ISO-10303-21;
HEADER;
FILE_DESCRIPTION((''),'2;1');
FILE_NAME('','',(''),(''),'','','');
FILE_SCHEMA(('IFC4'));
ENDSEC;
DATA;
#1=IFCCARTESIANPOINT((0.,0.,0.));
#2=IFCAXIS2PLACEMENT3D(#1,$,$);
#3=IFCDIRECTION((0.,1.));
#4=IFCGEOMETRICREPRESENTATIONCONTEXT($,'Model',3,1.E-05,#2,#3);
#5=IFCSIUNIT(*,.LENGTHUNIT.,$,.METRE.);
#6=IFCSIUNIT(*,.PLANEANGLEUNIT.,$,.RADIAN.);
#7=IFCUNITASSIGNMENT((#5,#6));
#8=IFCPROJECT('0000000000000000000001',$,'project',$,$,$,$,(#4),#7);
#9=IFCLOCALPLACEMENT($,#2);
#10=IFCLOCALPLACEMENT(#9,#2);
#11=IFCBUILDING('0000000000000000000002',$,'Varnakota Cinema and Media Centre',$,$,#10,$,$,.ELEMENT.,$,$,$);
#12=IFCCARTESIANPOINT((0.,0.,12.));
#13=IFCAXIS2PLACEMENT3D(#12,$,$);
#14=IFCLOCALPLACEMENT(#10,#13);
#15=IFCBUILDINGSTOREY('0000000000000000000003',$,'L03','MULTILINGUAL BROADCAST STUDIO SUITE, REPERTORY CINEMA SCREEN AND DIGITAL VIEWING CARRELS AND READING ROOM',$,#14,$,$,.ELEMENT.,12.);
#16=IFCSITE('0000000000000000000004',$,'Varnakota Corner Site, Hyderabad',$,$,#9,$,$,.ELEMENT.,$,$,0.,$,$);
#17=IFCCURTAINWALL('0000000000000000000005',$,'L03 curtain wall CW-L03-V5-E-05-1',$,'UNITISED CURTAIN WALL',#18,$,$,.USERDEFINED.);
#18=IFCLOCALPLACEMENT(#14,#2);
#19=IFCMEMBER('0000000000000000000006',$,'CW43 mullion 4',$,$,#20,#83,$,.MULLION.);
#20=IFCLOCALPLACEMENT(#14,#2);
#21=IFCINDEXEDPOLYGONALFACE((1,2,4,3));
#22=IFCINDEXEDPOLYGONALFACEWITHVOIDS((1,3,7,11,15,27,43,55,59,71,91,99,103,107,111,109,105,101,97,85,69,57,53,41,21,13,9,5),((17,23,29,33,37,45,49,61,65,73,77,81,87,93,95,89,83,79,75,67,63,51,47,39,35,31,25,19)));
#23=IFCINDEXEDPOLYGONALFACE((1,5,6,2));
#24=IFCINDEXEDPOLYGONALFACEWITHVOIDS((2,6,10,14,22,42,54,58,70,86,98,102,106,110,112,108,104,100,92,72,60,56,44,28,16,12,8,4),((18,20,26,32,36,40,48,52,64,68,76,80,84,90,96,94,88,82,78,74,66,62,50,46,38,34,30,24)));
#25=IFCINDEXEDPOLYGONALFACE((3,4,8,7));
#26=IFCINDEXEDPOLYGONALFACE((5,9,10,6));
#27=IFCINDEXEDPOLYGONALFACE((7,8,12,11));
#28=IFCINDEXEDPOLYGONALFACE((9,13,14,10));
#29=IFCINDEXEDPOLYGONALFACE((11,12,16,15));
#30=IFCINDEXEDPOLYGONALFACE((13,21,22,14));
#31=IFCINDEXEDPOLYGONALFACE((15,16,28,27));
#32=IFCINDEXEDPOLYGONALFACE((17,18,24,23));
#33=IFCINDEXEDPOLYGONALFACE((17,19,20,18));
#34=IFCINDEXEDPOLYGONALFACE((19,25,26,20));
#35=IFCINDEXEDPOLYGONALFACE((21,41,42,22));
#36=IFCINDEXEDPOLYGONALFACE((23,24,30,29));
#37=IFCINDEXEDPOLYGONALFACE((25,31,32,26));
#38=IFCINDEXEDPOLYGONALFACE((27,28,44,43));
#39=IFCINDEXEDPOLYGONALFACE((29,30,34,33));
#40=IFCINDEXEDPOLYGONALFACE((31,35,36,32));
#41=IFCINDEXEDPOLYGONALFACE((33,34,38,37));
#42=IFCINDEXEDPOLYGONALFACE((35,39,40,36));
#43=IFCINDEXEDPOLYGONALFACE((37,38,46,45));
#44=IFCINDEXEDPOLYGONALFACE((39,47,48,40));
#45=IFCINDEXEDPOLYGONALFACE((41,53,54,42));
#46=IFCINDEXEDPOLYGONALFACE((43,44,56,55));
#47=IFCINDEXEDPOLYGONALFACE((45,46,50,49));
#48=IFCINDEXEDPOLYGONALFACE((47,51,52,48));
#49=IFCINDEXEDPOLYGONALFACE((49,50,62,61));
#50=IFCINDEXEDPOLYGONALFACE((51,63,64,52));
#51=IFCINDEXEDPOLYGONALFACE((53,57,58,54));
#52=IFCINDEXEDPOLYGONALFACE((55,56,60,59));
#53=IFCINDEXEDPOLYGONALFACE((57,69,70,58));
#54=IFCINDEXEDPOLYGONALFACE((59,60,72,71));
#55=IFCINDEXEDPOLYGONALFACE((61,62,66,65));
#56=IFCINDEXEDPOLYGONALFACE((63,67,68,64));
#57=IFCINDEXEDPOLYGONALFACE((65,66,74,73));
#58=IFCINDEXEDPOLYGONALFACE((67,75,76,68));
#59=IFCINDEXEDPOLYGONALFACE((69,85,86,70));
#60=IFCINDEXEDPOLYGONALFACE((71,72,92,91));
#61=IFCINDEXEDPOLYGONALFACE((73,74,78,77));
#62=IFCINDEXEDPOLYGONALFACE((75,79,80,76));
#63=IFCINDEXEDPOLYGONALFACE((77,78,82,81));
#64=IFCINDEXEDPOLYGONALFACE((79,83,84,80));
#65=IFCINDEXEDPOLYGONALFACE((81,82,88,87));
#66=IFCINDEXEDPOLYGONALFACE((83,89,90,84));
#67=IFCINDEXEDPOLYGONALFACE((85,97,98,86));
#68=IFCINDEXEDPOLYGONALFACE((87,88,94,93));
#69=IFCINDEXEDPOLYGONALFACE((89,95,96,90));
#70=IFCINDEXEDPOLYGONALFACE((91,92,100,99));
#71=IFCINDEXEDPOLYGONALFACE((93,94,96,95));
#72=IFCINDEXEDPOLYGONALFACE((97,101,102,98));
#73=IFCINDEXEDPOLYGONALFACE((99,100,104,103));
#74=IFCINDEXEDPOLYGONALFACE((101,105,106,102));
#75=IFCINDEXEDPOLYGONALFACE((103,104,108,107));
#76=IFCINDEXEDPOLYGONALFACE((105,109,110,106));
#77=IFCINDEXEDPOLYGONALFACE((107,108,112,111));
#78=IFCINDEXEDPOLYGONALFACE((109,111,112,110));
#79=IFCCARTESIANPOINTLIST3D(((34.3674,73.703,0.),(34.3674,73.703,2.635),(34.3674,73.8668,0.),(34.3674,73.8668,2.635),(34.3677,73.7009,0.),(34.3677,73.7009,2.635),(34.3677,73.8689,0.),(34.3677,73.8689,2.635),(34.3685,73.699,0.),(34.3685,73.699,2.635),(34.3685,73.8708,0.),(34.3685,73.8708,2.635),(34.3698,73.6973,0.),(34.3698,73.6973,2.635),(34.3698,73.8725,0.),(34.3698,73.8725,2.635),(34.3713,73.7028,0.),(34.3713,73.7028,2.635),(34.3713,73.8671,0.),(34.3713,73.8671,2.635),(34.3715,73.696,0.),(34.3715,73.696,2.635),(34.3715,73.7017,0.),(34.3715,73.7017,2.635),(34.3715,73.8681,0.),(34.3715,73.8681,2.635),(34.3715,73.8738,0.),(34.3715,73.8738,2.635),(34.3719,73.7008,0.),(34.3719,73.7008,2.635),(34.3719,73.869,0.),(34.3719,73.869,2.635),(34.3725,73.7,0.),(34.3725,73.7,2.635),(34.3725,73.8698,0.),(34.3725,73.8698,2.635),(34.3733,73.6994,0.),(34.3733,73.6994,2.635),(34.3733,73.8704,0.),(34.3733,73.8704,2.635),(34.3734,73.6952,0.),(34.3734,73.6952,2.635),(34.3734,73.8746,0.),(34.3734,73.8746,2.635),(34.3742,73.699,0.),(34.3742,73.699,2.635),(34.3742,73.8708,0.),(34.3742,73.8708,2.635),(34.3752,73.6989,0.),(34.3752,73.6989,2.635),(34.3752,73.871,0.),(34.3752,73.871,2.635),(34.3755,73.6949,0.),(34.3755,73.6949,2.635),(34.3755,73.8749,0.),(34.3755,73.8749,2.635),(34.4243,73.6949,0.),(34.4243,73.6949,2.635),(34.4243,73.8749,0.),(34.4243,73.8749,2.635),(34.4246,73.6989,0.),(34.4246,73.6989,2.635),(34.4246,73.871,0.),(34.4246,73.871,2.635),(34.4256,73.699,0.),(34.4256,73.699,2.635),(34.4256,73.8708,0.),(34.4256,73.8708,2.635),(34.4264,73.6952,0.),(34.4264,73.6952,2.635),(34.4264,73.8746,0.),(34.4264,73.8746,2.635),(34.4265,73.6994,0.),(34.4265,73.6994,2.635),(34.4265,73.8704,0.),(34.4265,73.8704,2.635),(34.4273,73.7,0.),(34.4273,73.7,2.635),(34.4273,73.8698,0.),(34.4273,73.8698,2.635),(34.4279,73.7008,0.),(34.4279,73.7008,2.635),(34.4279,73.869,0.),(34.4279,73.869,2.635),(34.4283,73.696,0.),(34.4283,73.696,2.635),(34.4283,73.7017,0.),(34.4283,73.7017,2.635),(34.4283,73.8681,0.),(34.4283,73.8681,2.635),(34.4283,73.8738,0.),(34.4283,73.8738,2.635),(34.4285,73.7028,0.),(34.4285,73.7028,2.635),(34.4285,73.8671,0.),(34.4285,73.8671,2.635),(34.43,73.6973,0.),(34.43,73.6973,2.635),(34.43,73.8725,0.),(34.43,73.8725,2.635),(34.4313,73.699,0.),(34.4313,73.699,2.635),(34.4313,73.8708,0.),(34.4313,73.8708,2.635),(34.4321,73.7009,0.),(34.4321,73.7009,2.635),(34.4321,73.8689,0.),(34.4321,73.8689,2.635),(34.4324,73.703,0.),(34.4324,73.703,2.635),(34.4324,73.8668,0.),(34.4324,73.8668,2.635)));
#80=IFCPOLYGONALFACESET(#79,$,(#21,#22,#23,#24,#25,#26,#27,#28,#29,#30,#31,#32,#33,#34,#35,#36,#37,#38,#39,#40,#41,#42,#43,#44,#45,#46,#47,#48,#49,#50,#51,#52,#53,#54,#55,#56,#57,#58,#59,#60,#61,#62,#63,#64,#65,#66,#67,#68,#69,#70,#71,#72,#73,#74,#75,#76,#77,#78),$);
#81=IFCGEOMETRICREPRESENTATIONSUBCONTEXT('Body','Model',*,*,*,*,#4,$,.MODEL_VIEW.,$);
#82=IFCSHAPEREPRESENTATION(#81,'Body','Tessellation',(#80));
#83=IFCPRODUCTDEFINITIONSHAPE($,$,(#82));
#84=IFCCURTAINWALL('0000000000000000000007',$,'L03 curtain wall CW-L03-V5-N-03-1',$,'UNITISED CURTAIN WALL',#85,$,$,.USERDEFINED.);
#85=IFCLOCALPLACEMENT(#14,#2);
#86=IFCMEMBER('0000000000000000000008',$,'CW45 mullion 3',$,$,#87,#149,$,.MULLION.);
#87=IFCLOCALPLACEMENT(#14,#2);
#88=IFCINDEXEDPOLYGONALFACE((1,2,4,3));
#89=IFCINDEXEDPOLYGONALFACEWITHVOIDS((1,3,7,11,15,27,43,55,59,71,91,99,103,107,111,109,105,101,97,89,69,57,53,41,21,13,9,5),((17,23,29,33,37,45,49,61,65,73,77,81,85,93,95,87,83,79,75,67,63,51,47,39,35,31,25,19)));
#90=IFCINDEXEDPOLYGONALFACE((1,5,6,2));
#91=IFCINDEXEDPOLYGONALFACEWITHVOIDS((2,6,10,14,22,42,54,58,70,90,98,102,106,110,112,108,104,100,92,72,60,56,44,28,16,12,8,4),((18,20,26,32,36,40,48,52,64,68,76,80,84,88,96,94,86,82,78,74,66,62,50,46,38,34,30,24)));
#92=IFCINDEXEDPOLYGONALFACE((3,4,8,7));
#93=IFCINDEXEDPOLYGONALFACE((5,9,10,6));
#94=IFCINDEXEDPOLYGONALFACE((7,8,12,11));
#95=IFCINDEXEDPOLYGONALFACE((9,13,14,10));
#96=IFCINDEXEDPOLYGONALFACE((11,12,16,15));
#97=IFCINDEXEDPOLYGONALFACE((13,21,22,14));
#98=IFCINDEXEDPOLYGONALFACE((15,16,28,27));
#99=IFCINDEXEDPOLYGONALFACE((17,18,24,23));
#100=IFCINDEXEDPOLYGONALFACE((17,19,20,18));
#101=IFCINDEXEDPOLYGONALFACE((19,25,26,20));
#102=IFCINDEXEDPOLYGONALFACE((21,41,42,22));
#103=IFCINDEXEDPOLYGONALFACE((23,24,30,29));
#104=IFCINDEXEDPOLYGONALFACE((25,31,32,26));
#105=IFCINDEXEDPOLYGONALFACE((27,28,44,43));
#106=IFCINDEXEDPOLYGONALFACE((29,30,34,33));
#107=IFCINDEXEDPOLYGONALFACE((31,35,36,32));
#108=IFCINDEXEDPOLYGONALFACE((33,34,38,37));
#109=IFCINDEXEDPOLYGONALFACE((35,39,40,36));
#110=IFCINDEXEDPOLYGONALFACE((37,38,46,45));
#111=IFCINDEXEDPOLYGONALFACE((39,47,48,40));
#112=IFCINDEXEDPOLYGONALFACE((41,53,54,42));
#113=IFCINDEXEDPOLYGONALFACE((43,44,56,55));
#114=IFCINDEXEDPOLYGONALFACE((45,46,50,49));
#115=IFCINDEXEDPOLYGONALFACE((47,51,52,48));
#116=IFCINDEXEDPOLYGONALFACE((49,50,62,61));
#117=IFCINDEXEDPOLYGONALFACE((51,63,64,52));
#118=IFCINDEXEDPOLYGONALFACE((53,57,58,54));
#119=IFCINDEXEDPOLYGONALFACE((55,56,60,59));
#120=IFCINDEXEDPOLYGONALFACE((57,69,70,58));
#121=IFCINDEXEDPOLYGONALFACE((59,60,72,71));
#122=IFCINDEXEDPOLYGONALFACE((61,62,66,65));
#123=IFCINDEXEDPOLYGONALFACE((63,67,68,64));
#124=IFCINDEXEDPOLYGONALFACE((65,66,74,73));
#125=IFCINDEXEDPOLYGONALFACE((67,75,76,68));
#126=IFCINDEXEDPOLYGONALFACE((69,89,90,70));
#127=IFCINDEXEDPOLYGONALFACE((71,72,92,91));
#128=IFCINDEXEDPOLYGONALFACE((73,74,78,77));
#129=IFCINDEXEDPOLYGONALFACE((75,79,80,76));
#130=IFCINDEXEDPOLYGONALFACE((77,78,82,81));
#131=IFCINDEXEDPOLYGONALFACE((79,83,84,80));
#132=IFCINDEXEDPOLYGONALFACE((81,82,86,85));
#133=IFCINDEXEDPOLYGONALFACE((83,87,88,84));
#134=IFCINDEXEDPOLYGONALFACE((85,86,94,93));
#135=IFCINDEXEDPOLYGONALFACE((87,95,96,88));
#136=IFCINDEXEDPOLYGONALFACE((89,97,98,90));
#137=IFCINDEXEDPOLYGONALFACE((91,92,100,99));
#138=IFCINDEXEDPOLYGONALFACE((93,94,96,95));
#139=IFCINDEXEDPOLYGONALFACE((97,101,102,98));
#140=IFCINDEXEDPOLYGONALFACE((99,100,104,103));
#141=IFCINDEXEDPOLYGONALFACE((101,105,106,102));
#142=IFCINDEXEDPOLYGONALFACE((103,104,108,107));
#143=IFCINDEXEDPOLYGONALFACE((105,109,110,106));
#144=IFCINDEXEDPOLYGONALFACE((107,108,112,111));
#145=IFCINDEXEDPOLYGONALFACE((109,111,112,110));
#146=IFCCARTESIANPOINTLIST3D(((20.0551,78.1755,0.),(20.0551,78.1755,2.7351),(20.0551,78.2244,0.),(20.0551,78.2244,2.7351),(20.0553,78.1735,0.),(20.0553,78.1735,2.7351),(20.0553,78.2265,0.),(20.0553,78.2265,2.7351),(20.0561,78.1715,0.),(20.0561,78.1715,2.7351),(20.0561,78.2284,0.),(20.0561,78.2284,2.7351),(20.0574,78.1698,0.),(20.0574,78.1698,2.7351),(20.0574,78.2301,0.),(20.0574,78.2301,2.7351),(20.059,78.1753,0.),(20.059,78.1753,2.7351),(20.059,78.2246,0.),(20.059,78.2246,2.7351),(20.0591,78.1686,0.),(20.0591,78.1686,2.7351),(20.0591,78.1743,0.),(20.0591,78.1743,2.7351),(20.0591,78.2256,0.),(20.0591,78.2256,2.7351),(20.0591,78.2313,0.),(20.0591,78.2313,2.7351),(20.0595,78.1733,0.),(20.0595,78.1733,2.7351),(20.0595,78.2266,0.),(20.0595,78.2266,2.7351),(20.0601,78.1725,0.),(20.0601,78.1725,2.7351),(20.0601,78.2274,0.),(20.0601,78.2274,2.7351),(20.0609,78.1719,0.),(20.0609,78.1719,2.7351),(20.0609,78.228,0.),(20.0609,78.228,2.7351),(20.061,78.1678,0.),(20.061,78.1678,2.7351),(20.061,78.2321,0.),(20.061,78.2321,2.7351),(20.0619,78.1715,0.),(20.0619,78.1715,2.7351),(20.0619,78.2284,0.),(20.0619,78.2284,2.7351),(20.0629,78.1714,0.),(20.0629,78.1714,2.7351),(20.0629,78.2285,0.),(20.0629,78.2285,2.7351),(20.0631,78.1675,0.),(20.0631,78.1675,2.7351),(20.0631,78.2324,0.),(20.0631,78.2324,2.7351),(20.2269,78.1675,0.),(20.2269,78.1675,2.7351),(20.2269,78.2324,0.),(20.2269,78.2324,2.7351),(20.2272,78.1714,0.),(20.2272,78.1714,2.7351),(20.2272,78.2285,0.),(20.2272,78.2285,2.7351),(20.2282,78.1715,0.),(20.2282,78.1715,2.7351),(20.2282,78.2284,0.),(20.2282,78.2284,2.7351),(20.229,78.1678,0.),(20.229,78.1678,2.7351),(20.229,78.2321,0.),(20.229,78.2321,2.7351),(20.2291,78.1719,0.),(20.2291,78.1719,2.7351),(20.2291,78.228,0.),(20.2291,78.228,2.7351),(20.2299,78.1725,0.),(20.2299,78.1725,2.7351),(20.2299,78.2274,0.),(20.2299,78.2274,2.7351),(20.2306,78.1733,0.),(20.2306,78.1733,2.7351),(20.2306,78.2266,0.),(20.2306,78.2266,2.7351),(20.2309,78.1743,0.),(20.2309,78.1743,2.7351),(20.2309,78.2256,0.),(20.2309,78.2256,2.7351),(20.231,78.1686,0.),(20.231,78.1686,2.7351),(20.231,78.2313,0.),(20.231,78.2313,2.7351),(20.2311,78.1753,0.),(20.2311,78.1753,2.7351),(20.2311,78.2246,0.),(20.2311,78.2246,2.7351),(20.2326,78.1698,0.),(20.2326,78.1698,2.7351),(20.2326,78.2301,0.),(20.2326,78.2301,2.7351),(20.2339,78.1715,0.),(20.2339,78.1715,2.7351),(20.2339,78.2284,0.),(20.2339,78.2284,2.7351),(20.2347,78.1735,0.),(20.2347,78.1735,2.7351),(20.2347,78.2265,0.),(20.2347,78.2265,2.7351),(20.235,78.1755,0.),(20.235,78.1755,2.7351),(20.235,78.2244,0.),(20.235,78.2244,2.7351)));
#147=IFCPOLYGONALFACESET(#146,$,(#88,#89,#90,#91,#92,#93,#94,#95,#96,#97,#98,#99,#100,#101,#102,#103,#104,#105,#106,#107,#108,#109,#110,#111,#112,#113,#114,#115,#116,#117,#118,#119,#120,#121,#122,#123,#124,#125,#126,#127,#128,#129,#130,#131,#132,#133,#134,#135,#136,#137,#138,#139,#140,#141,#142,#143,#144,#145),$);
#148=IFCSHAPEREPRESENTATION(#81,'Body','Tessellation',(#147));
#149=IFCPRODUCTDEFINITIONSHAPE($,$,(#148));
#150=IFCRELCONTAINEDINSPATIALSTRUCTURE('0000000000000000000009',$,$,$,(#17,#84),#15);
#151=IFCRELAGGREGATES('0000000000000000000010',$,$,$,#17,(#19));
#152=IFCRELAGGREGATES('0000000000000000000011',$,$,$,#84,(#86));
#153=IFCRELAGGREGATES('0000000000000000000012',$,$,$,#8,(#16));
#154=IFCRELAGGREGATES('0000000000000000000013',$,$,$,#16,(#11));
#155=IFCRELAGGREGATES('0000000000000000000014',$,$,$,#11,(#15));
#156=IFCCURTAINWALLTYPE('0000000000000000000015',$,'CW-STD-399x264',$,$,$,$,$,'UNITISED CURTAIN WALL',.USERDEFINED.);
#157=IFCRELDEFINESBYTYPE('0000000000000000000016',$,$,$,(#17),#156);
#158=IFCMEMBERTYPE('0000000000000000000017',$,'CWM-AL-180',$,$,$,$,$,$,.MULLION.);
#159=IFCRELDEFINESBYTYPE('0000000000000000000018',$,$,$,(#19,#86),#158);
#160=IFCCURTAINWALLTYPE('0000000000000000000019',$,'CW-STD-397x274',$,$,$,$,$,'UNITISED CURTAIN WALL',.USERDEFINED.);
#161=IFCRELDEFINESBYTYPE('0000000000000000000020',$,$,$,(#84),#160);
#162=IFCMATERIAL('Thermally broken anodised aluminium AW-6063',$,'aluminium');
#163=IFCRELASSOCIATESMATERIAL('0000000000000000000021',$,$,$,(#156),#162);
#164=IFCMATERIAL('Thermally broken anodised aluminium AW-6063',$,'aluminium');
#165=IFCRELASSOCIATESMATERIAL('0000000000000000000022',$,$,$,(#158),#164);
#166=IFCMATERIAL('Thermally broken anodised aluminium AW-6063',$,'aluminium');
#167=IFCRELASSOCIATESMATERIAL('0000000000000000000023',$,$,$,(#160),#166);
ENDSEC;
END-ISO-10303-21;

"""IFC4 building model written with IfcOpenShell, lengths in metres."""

from ifc_helpers import new_model, si_unit, direction, frame, origin, origin_2d, place, context, subcontext, project, spatial, hollow_rectangle, extrude, material, material_profile, profile_set, type_object, element, aggregate, save


model = new_model("IFC4")

# Units and contexts
model_context = context("Model", 3, precision=1e-05, world=origin(), true_north=direction((0.0, 1.0)))
body_context = subcontext(model_context, "Body", "Model", "MODEL_VIEW")
ifc_project = project(units=[si_unit("LENGTHUNIT", "METRE"), si_unit("PLANEANGLEUNIT", "RADIAN")], contexts=[model_context])

# Site, building, storey
site_placement = place(None, origin())
site = spatial("IfcSite", under=ifc_project, at=site_placement, Name="Varnakota Corner Site, Hyderabad", CompositionType="ELEMENT", RefElevation=0.0)
building_placement = place(site_placement, origin())
building = spatial("IfcBuilding", under=site, at=building_placement, Name="Varnakota Cinema and Media Centre", CompositionType="ELEMENT")
storey_placement = place(building_placement, frame((0.0, 0.0, 12.0)))
storey = spatial("IfcBuildingStorey", under=building, at=storey_placement, Name="L03", Description="MULTILINGUAL BROADCAST STUDIO SUITE, REPERTORY CINEMA SCREEN AND DIGITAL VIEWING CARRELS AND READING ROOM", CompositionType="ELEMENT", Elevation=12.0)

# Curtain walls, members
ifc_material_1 = material(Name="Thermally broken anodised aluminium AW-6063", Category="aluminium")
curtain_wall_type_1 = type_object("IfcCurtainWallType", Name="CW-STD-399x264", ElementType="UNITISED CURTAIN WALL", PredefinedType="USERDEFINED", material=ifc_material_1)
curtain_wall_1_placement = place(storey_placement, origin())
curtain_wall_1 = element("IfcCurtainWall", 1, at=curtain_wall_1_placement, inside=storey, type_object=curtain_wall_type_1, Name="L03 curtain wall CW-L03-V5-E-05-1", ObjectType="UNITISED CURTAIN WALL", PredefinedType="USERDEFINED")
ifc_material_2 = material(Name="Thermally broken anodised aluminium AW-6063", Category="aluminium")
ifc_material_profile_1 = material_profile(ifc_material_2, hollow_rectangle(XDim=0.0649, YDim=0.1799, WallThickness=0.0039, InnerFilletRadius=0.0039, OuterFilletRadius=0.0081, at=origin_2d()), Name="AL-MULLION 180x65x4")
ifc_profile_set_1 = profile_set([ifc_material_profile_1], Name="Thermally broken anodised aluminium AW-6063")
member_type_1 = type_object("IfcMemberType", Name="CWM-AL-180", PredefinedType="MULLION", material=ifc_profile_set_1)
member_1_placement = place(storey_placement, frame((34.3999, 73.7849, 0.0), z_axis=(0.0, 0.0, 1.0), x_axis=(-1.0, 0.0, 0.0)))
member_1 = element("IfcMember", 2, at=member_1_placement, type_object=member_type_1, Name="CW43 mullion 4", PredefinedType="MULLION", context=body_context, shape_type="SweptSolid", body=[
    extrude(hollow_rectangle(XDim=0.0649, YDim=0.1799, WallThickness=0.0039, InnerFilletRadius=0.0039, OuterFilletRadius=0.0081, at=origin_2d()), origin(), (0.0, 0.0, 1.0), 2.635),
])
ifc_material_3 = material(Name="Thermally broken anodised aluminium AW-6063", Category="aluminium")
curtain_wall_type_2 = type_object("IfcCurtainWallType", Name="CW-STD-397x274", ElementType="UNITISED CURTAIN WALL", PredefinedType="USERDEFINED", material=ifc_material_3)
curtain_wall_2_placement = place(storey_placement, origin())
curtain_wall_2 = element("IfcCurtainWall", 3, at=curtain_wall_2_placement, inside=storey, type_object=curtain_wall_type_2, Name="L03 curtain wall CW-L03-V5-N-03-1", ObjectType="UNITISED CURTAIN WALL", PredefinedType="USERDEFINED")
member_2_placement = place(storey_placement, frame((20.145, 78.2, 0.0), z_axis=(0.0, 0.0, 1.0), x_axis=(0.0, 1.0, 0.0)))
member_2 = element("IfcMember", 4, at=member_2_placement, type_object=member_type_1, Name="CW45 mullion 3", PredefinedType="MULLION", context=body_context, shape_type="SweptSolid", body=[
    extrude(hollow_rectangle(XDim=0.0649, YDim=0.1799, WallThickness=0.0039, InnerFilletRadius=0.0039, OuterFilletRadius=0.0081, at=origin_2d()), origin(), (0.0, 0.0, 1.0), 2.7351),
])

aggregate(curtain_wall_1, [member_1])

aggregate(curtain_wall_2, [member_2])

save(model, "model.ifc")
